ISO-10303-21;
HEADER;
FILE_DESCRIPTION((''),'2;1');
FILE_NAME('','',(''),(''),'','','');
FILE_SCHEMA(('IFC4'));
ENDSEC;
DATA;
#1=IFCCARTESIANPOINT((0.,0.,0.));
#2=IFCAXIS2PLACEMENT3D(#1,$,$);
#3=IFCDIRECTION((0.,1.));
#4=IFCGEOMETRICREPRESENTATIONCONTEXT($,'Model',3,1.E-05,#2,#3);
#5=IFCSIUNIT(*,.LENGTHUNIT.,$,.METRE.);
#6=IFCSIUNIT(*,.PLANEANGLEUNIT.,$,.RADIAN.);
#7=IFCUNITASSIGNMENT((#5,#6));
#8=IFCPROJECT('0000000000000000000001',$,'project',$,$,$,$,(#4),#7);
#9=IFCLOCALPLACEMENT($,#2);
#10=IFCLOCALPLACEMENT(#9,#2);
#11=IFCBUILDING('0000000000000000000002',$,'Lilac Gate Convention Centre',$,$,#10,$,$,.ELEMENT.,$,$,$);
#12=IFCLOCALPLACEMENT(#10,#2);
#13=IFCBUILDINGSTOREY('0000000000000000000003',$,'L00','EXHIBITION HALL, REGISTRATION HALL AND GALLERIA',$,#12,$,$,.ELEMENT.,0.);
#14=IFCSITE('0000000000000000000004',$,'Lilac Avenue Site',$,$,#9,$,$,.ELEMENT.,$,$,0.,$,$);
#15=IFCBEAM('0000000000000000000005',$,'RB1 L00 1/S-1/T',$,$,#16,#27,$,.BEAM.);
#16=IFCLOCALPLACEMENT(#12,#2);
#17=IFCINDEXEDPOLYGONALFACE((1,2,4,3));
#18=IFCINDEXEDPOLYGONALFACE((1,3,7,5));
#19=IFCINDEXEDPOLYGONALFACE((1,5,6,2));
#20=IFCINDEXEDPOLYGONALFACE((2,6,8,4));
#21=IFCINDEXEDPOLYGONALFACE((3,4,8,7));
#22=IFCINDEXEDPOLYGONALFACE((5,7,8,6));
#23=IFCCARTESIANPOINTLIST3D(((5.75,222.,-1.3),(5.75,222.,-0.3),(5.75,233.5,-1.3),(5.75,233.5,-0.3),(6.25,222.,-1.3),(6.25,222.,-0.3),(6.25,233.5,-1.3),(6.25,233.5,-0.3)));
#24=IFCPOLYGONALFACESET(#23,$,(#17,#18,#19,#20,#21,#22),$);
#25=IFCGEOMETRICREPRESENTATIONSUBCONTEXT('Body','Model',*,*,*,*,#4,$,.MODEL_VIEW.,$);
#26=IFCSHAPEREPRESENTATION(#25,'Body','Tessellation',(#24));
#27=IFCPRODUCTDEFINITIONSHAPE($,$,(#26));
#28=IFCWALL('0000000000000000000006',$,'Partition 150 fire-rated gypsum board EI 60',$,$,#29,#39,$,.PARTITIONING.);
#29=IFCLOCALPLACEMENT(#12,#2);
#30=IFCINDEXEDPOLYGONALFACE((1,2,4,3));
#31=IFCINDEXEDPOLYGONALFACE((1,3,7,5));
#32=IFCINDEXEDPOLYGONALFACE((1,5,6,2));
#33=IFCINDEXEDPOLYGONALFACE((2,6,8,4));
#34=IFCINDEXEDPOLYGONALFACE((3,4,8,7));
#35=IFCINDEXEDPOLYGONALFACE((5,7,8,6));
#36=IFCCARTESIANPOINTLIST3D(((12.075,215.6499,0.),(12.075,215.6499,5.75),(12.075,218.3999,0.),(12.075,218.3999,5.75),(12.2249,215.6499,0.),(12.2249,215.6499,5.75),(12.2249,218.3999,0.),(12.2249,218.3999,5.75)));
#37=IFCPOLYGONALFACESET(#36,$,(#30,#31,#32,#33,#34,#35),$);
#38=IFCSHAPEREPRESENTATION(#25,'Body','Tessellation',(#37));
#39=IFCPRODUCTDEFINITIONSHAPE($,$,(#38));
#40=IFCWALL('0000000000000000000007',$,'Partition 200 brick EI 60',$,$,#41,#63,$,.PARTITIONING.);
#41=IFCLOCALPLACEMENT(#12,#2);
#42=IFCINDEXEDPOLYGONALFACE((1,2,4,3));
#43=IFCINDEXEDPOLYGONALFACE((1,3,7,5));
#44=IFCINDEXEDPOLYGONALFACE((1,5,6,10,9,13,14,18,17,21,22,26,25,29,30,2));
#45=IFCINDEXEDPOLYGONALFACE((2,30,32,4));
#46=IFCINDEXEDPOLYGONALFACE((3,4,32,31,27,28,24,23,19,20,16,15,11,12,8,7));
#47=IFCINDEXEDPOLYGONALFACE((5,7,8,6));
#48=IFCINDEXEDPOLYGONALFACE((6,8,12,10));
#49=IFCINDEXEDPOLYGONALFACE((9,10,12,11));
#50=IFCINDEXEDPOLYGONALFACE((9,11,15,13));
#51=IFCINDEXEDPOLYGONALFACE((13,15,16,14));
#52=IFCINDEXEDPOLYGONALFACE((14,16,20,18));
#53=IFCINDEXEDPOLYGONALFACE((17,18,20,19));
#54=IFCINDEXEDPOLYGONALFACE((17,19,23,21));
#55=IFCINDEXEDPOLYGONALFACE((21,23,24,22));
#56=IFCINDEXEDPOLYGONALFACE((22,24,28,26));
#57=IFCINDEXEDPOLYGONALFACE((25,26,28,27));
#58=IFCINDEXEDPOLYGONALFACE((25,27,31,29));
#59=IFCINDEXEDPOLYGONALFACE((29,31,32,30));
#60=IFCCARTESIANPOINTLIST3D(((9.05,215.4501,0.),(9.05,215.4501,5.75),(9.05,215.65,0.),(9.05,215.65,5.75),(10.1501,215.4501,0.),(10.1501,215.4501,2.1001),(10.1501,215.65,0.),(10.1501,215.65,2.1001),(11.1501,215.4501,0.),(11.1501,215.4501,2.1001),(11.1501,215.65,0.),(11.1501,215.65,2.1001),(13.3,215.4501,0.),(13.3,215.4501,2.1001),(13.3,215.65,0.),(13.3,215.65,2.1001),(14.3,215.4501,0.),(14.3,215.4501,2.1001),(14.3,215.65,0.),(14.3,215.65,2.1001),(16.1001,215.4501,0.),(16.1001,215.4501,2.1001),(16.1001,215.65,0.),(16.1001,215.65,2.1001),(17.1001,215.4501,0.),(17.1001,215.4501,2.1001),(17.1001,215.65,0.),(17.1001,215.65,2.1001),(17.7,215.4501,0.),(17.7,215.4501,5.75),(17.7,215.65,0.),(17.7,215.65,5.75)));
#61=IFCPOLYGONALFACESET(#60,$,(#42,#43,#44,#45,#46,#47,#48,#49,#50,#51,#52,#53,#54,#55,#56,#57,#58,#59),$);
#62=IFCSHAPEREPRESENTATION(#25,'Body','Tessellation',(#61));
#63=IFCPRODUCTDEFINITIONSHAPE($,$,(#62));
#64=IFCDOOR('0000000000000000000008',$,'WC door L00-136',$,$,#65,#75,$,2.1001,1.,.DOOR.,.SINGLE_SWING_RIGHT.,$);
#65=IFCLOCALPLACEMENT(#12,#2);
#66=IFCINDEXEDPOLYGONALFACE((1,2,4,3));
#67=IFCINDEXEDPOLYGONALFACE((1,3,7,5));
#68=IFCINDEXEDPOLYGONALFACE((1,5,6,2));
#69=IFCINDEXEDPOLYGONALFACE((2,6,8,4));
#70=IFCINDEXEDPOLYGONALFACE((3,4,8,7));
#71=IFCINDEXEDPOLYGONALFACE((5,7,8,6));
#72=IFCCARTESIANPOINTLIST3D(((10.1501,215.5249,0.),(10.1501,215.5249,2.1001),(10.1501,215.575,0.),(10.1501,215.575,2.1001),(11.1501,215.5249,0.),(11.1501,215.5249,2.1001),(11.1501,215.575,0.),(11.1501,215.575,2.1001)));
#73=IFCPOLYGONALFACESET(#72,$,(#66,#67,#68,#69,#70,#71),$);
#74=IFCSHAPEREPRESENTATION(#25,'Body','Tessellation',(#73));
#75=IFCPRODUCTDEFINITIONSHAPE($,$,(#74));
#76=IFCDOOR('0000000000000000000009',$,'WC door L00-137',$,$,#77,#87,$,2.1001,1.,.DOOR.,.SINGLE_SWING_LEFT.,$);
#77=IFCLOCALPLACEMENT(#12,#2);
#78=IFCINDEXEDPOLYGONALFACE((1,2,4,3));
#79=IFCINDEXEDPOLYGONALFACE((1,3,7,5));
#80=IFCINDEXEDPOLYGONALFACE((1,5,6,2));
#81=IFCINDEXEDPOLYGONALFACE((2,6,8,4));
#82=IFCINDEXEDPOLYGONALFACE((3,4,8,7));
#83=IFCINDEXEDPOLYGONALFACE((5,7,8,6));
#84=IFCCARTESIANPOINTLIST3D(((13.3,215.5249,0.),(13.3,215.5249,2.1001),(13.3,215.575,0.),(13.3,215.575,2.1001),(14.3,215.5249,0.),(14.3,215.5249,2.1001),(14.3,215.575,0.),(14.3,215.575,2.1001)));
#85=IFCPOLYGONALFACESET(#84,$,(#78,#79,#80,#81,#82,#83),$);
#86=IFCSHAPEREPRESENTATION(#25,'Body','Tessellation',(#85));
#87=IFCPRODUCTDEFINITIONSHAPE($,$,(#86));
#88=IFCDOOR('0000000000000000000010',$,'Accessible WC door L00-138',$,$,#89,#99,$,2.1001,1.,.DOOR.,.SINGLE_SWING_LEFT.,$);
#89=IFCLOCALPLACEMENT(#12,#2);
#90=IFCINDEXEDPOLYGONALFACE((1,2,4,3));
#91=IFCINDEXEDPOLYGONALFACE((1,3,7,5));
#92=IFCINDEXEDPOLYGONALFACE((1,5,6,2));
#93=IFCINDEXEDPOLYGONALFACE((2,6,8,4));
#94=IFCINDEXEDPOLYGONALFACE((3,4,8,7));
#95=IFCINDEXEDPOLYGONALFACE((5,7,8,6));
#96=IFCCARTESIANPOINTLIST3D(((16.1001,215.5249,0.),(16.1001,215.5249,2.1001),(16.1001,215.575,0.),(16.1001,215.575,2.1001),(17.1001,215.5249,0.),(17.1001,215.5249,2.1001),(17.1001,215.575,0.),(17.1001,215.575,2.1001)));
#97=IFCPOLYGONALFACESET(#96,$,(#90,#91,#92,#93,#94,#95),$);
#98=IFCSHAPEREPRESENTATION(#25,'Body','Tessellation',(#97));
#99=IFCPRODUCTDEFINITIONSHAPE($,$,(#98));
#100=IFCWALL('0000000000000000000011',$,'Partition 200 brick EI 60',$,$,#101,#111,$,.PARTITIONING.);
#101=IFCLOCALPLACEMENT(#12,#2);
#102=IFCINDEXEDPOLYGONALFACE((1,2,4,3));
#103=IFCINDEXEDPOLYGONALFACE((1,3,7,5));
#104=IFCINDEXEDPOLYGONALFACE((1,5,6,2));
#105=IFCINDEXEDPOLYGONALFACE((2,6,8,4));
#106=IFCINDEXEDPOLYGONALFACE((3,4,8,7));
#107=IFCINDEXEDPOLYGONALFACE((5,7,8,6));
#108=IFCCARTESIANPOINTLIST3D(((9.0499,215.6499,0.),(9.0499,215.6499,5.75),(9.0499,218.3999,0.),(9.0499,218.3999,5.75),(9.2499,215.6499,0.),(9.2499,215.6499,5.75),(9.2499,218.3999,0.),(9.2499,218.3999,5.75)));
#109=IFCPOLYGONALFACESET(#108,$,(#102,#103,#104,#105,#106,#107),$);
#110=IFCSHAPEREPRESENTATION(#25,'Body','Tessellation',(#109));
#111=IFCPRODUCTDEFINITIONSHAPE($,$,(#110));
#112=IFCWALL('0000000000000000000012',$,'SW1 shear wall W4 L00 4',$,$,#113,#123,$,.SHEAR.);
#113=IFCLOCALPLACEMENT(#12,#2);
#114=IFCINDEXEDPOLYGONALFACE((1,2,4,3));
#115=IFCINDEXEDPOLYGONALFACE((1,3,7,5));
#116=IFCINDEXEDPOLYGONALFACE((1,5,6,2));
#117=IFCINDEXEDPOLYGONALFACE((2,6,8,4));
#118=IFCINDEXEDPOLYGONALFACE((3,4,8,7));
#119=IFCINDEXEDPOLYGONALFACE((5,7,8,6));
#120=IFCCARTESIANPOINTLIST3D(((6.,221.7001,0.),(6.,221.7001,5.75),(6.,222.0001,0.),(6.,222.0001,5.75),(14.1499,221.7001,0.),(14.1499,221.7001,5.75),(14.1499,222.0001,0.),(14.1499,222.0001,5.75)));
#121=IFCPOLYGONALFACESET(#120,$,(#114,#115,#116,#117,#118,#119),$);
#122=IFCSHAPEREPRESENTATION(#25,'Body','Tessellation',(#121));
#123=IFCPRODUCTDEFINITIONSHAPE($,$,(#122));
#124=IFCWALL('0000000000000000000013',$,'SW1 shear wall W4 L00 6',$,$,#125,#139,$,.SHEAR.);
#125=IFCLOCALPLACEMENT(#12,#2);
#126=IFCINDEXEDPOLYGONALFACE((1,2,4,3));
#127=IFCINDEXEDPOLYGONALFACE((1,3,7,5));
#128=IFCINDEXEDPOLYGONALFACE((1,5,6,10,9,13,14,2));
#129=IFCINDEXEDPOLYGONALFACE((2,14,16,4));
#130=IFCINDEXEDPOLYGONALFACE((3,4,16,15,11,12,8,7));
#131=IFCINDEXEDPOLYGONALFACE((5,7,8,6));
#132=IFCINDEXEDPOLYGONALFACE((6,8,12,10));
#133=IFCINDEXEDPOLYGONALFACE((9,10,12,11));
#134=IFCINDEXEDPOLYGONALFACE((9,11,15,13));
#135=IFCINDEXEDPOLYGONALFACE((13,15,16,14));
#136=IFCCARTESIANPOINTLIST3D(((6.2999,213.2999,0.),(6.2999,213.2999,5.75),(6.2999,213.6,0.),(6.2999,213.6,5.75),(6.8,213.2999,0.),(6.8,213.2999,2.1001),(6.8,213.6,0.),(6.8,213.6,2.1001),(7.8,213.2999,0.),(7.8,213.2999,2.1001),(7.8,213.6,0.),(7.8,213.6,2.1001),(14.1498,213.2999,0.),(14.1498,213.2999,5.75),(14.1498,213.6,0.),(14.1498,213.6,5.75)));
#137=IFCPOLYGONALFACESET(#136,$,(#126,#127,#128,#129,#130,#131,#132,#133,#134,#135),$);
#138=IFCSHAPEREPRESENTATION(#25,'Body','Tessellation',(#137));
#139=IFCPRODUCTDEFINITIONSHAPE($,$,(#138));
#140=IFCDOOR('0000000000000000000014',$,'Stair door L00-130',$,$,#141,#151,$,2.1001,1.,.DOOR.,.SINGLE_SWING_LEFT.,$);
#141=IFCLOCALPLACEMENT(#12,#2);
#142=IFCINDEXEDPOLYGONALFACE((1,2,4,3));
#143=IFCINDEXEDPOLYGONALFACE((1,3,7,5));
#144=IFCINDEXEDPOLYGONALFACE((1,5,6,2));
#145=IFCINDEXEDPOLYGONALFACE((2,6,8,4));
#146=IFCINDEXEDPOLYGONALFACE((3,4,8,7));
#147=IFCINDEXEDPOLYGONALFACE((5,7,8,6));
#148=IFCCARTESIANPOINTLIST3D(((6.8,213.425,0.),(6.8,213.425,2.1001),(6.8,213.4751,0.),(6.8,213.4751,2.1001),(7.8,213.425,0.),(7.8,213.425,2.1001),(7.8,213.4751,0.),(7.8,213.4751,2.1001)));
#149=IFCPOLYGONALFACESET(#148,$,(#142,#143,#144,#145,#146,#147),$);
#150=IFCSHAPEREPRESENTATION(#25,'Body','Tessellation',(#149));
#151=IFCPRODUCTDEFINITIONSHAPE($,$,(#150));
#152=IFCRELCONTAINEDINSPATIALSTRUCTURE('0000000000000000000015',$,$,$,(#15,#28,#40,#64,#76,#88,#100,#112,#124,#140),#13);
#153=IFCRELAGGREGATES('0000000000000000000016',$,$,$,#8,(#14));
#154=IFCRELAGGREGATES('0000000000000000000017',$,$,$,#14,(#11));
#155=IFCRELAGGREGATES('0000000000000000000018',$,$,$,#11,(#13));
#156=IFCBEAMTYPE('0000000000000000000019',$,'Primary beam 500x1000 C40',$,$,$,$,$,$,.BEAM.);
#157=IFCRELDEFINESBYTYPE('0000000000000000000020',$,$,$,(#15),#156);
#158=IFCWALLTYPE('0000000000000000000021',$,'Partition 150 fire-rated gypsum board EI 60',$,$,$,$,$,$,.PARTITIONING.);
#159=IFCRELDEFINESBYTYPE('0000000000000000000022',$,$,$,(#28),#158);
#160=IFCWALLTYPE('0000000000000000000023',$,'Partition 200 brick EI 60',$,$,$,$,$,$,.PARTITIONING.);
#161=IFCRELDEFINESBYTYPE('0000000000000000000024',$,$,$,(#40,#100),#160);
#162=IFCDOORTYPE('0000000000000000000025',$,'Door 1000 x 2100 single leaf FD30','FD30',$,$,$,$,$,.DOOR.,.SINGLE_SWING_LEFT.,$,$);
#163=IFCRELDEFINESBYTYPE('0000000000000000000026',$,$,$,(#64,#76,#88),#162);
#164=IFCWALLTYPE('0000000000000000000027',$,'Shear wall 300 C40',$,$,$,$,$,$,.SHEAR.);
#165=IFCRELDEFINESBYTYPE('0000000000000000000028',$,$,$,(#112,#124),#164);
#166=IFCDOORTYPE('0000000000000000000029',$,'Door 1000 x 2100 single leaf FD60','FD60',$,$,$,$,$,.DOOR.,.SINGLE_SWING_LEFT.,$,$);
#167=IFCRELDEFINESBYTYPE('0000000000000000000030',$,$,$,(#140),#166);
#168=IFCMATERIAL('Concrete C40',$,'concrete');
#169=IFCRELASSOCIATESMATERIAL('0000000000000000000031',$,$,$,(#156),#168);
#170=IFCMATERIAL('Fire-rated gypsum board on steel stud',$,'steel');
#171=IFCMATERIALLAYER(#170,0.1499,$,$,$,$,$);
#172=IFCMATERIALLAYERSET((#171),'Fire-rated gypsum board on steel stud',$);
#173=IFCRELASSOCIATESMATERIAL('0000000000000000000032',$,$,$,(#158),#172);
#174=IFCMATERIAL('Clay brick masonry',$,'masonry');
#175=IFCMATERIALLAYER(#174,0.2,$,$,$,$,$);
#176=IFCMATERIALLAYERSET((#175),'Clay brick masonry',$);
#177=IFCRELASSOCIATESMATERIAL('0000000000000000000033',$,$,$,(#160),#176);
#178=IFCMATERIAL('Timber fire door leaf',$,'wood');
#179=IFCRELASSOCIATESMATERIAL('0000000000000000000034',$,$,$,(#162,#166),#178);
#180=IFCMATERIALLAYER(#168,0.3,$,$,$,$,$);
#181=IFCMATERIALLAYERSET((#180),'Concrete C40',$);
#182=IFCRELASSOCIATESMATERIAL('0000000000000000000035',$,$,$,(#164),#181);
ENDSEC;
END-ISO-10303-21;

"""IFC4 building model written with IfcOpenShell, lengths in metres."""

from ifc_helpers import new_model, si_unit, direction, frame, frame_2d, origin, origin_2d, place, context, subcontext, project, spatial, rectangle, extrude, material, layer, layer_set, material_profile, profile_set, type_object, element, fill, save


model = new_model("IFC4")

# Units and contexts
model_context = context("Model", 3, precision=1e-05, world=origin(), true_north=direction((0.0, 1.0)))
body_context = subcontext(model_context, "Body", "Model", "MODEL_VIEW")
ifc_project = project(units=[si_unit("LENGTHUNIT", "METRE"), si_unit("PLANEANGLEUNIT", "RADIAN")], contexts=[model_context])

# Site, building, storey
site_placement = place(None, origin())
site = spatial("IfcSite", under=ifc_project, at=site_placement, Name="Lilac Avenue Site", CompositionType="ELEMENT", RefElevation=0.0)
building_placement = place(site_placement, origin())
building = spatial("IfcBuilding", under=site, at=building_placement, Name="Lilac Gate Convention Centre", CompositionType="ELEMENT")
storey_placement = place(building_placement, origin())
storey = spatial("IfcBuildingStorey", under=building, at=storey_placement, Name="L00", Description="EXHIBITION HALL, REGISTRATION HALL AND GALLERIA", CompositionType="ELEMENT", Elevation=0.0)

# Beam
ifc_material_1 = material(Name="Concrete C40", Category="concrete")
ifc_material_profile = material_profile(ifc_material_1, rectangle(XDim=0.5, YDim=1.0, at=origin_2d()), Name="RC 500x1000")
ifc_profile_set = profile_set([ifc_material_profile], Name="Concrete C40")
beam_type = type_object("IfcBeamType", Name="Primary beam 500x1000 C40", PredefinedType="BEAM", material=ifc_profile_set)
beam_placement = place(storey_placement, frame((6.0, 222.0, -0.8), z_axis=(0.0, 1.0, 0.0), x_axis=(-1.0, 0.0, 0.0)))
element("IfcBeam", 1, at=beam_placement, inside=storey, type_object=beam_type, Name="RB1 L00 1/S-1/T", PredefinedType="BEAM", context=body_context, shape_type="SweptSolid", body=[
    extrude(rectangle(XDim=0.5, YDim=1.0, at=origin_2d()), origin(), (0.0, 0.0, 1.0), 11.5),
])

# Wall
ifc_material_2 = material(Name="Fire-rated gypsum board on steel stud", Category="steel")
ifc_layer_1 = layer(ifc_material_2, 0.1499)
ifc_layer_set_1 = layer_set([ifc_layer_1], Name="Fire-rated gypsum board on steel stud")
wall_type_1 = type_object("IfcWallType", Name="Partition 150 fire-rated gypsum board EI 60", PredefinedType="PARTITIONING", material=ifc_layer_set_1)
wall_1_placement = place(storey_placement, frame((12.1499, 215.6499, 0.0), z_axis=(0.0, 0.0, 1.0), x_axis=(0.0, 1.0, 0.0)))
element("IfcWall", 2, at=wall_1_placement, inside=storey, type_object=wall_type_1, Name="Partition 150 fire-rated gypsum board EI 60", PredefinedType="PARTITIONING", context=body_context, shape_type="SweptSolid", body=[
    extrude(rectangle(XDim=2.75, YDim=0.1499, at=frame_2d((1.375, 0.0))), origin(), (0.0, 0.0, 1.0), 5.75),
])

# Wall, openings, doors
ifc_material_3 = material(Name="Clay brick masonry", Category="masonry")
ifc_layer_2 = layer(ifc_material_3, 0.2)
ifc_layer_set_2 = layer_set([ifc_layer_2], Name="Clay brick masonry")
wall_type_2 = type_object("IfcWallType", Name="Partition 200 brick EI 60", PredefinedType="PARTITIONING", material=ifc_layer_set_2)
wall_2_placement = place(storey_placement, frame((9.05, 215.55, 0.0), z_axis=(0.0, 0.0, 1.0), x_axis=(1.0, 0.0, 0.0)))
wall_2 = element("IfcWall", 3, at=wall_2_placement, inside=storey, type_object=wall_type_2, Name="Partition 200 brick EI 60", PredefinedType="PARTITIONING", context=body_context, shape_type="SweptSolid", body=[
    extrude(rectangle(XDim=8.6499, YDim=0.2, at=frame_2d((4.325, 0.0))), origin(), (0.0, 0.0, 1.0), 5.75),
])
opening_1_placement = place(wall_2_placement, frame((1.1001, 0.0, 0.0)))
opening_1 = element("IfcOpeningElement", 4, at=opening_1_placement, cuts=wall_2, PredefinedType="OPENING", context=body_context, shape_type="SweptSolid", body=[
    extrude(rectangle(XDim=1.0, YDim=2.1001, at=frame_2d((0.5, 1.05))), frame((0.0, 0.1099, 0.0), z_axis=(0.0, -1.0, 0.0), x_axis=(1.0, 0.0, 0.0)), (0.0, 0.0, 1.0), 0.22),
])
opening_2_placement = place(wall_2_placement, frame((4.25, 0.0, 0.0)))
opening_2 = element("IfcOpeningElement", 5, at=opening_2_placement, cuts=wall_2, PredefinedType="OPENING", context=body_context, shape_type="SweptSolid", body=[
    extrude(rectangle(XDim=1.0, YDim=2.1001, at=frame_2d((0.5, 1.05))), frame((0.0, 0.1099, 0.0), z_axis=(0.0, -1.0, 0.0), x_axis=(1.0, 0.0, 0.0)), (0.0, 0.0, 1.0), 0.22),
])
opening_3_placement = place(wall_2_placement, frame((7.05, 0.0, 0.0)))
opening_3 = element("IfcOpeningElement", 6, at=opening_3_placement, cuts=wall_2, PredefinedType="OPENING", context=body_context, shape_type="SweptSolid", body=[
    extrude(rectangle(XDim=1.0, YDim=2.1001, at=frame_2d((0.5, 1.05))), frame((0.0, 0.1099, 0.0), z_axis=(0.0, -1.0, 0.0), x_axis=(1.0, 0.0, 0.0)), (0.0, 0.0, 1.0), 0.22),
])
ifc_material_4 = material(Name="Timber fire door leaf", Category="wood")
door_type_1 = type_object("IfcDoorType", Name="Door 1000 x 2100 single leaf FD30", Description="FD30", OperationType="SINGLE_SWING_LEFT", PredefinedType="DOOR", material=ifc_material_4)
door_1_placement = place(opening_1_placement, origin())
door_1 = element("IfcDoor", 7, at=door_1_placement, inside=storey, type_object=door_type_1, Name="WC door L00-136", OperationType="SINGLE_SWING_RIGHT", OverallHeight=2.1001, OverallWidth=1.0, PredefinedType="DOOR", context=body_context, shape_type="SweptSolid", body=[
    extrude(rectangle(XDim=1.0, YDim=2.1001, at=frame_2d((0.5, 1.05))), frame((0.0, 0.0249, 0.0), z_axis=(0.0, -1.0, 0.0), x_axis=(1.0, 0.0, 0.0)), (0.0, 0.0, 1.0), 0.05),
])
fill(opening_1, door_1)
door_2_placement = place(opening_2_placement, origin())
door_2 = element("IfcDoor", 8, at=door_2_placement, inside=storey, type_object=door_type_1, Name="WC door L00-137", OperationType="SINGLE_SWING_LEFT", OverallHeight=2.1001, OverallWidth=1.0, PredefinedType="DOOR", context=body_context, shape_type="SweptSolid", body=[
    extrude(rectangle(XDim=1.0, YDim=2.1001, at=frame_2d((0.5, 1.05))), frame((0.0, 0.0249, 0.0), z_axis=(0.0, -1.0, 0.0), x_axis=(1.0, 0.0, 0.0)), (0.0, 0.0, 1.0), 0.05),
])
fill(opening_2, door_2)
door_3_placement = place(opening_3_placement, origin())
door_3 = element("IfcDoor", 9, at=door_3_placement, inside=storey, type_object=door_type_1, Name="Accessible WC door L00-138", OperationType="SINGLE_SWING_LEFT", OverallHeight=2.1001, OverallWidth=1.0, PredefinedType="DOOR", context=body_context, shape_type="SweptSolid", body=[
    extrude(rectangle(XDim=1.0, YDim=2.1001, at=frame_2d((0.5, 1.05))), frame((0.0, 0.0249, 0.0), z_axis=(0.0, -1.0, 0.0), x_axis=(1.0, 0.0, 0.0)), (0.0, 0.0, 1.0), 0.05),
])
fill(opening_3, door_3)

# Walls
wall_3_placement = place(storey_placement, frame((9.1499, 215.6499, 0.0), z_axis=(0.0, 0.0, 1.0), x_axis=(0.0, 1.0, 0.0)))
element("IfcWall", 10, at=wall_3_placement, inside=storey, type_object=wall_type_2, Name="Partition 200 brick EI 60", PredefinedType="PARTITIONING", context=body_context, shape_type="SweptSolid", body=[
    extrude(rectangle(XDim=2.75, YDim=0.2, at=frame_2d((1.375, 0.0))), origin(), (0.0, 0.0, 1.0), 5.75),
])
ifc_layer_3 = layer(ifc_material_1, 0.3)
ifc_layer_set_3 = layer_set([ifc_layer_3], Name="Concrete C40")
wall_type_3 = type_object("IfcWallType", Name="Shear wall 300 C40", PredefinedType="SHEAR", material=ifc_layer_set_3)
wall_4_placement = place(storey_placement, frame((6.0, 221.8501, 0.0), z_axis=(0.0, 0.0, 1.0), x_axis=(1.0, 0.0, 0.0)))
element("IfcWall", 11, at=wall_4_placement, inside=storey, type_object=wall_type_3, Name="SW1 shear wall W4 L00 4", PredefinedType="SHEAR", context=body_context, shape_type="SweptSolid", body=[
    extrude(rectangle(XDim=8.1499, YDim=0.3, at=frame_2d((4.075, 0.0))), origin(), (0.0, 0.0, 1.0), 5.75),
])

# Wall, opening, door
wall_5_placement = place(storey_placement, frame((6.3, 213.45, 0.0), z_axis=(0.0, 0.0, 1.0), x_axis=(1.0, 0.0, 0.0)))
wall_5 = element("IfcWall", 12, at=wall_5_placement, inside=storey, type_object=wall_type_3, Name="SW1 shear wall W4 L00 6", PredefinedType="SHEAR", context=body_context, shape_type="SweptSolid", body=[
    extrude(rectangle(XDim=7.8499, YDim=0.3, at=frame_2d((3.9248, 0.0))), origin(), (0.0, 0.0, 1.0), 5.75),
])
opening_4_placement = place(wall_5_placement, frame((0.5, 0.0, 0.0)))
opening_4 = element("IfcOpeningElement", 13, at=opening_4_placement, cuts=wall_5, PredefinedType="OPENING", context=body_context, shape_type="SweptSolid", body=[
    extrude(rectangle(XDim=1.0, YDim=2.1001, at=frame_2d((0.5, 1.05))), frame((0.0, 0.1599, 0.0), z_axis=(0.0, -1.0, 0.0), x_axis=(1.0, 0.0, 0.0)), (0.0, 0.0, 1.0), 0.3201),
])
door_type_2 = type_object("IfcDoorType", Name="Door 1000 x 2100 single leaf FD60", Description="FD60", OperationType="SINGLE_SWING_LEFT", PredefinedType="DOOR", material=ifc_material_4)
door_4_placement = place(opening_4_placement, frame((1.0, 0.0, 0.0), z_axis=(0.0, 0.0, 1.0), x_axis=(-1.0, 0.0, 0.0)))
door_4 = element("IfcDoor", 14, at=door_4_placement, inside=storey, type_object=door_type_2, Name="Stair door L00-130", OperationType="SINGLE_SWING_LEFT", OverallHeight=2.1001, OverallWidth=1.0, PredefinedType="DOOR", context=body_context, shape_type="SweptSolid", body=[
    extrude(rectangle(XDim=1.0, YDim=2.1001, at=frame_2d((0.5, 1.05))), frame((0.0, 0.0249, 0.0), z_axis=(0.0, -1.0, 0.0), x_axis=(1.0, 0.0, 0.0)), (0.0, 0.0, 1.0), 0.05),
])
fill(opening_4, door_4)

save(model, "model.ifc")
